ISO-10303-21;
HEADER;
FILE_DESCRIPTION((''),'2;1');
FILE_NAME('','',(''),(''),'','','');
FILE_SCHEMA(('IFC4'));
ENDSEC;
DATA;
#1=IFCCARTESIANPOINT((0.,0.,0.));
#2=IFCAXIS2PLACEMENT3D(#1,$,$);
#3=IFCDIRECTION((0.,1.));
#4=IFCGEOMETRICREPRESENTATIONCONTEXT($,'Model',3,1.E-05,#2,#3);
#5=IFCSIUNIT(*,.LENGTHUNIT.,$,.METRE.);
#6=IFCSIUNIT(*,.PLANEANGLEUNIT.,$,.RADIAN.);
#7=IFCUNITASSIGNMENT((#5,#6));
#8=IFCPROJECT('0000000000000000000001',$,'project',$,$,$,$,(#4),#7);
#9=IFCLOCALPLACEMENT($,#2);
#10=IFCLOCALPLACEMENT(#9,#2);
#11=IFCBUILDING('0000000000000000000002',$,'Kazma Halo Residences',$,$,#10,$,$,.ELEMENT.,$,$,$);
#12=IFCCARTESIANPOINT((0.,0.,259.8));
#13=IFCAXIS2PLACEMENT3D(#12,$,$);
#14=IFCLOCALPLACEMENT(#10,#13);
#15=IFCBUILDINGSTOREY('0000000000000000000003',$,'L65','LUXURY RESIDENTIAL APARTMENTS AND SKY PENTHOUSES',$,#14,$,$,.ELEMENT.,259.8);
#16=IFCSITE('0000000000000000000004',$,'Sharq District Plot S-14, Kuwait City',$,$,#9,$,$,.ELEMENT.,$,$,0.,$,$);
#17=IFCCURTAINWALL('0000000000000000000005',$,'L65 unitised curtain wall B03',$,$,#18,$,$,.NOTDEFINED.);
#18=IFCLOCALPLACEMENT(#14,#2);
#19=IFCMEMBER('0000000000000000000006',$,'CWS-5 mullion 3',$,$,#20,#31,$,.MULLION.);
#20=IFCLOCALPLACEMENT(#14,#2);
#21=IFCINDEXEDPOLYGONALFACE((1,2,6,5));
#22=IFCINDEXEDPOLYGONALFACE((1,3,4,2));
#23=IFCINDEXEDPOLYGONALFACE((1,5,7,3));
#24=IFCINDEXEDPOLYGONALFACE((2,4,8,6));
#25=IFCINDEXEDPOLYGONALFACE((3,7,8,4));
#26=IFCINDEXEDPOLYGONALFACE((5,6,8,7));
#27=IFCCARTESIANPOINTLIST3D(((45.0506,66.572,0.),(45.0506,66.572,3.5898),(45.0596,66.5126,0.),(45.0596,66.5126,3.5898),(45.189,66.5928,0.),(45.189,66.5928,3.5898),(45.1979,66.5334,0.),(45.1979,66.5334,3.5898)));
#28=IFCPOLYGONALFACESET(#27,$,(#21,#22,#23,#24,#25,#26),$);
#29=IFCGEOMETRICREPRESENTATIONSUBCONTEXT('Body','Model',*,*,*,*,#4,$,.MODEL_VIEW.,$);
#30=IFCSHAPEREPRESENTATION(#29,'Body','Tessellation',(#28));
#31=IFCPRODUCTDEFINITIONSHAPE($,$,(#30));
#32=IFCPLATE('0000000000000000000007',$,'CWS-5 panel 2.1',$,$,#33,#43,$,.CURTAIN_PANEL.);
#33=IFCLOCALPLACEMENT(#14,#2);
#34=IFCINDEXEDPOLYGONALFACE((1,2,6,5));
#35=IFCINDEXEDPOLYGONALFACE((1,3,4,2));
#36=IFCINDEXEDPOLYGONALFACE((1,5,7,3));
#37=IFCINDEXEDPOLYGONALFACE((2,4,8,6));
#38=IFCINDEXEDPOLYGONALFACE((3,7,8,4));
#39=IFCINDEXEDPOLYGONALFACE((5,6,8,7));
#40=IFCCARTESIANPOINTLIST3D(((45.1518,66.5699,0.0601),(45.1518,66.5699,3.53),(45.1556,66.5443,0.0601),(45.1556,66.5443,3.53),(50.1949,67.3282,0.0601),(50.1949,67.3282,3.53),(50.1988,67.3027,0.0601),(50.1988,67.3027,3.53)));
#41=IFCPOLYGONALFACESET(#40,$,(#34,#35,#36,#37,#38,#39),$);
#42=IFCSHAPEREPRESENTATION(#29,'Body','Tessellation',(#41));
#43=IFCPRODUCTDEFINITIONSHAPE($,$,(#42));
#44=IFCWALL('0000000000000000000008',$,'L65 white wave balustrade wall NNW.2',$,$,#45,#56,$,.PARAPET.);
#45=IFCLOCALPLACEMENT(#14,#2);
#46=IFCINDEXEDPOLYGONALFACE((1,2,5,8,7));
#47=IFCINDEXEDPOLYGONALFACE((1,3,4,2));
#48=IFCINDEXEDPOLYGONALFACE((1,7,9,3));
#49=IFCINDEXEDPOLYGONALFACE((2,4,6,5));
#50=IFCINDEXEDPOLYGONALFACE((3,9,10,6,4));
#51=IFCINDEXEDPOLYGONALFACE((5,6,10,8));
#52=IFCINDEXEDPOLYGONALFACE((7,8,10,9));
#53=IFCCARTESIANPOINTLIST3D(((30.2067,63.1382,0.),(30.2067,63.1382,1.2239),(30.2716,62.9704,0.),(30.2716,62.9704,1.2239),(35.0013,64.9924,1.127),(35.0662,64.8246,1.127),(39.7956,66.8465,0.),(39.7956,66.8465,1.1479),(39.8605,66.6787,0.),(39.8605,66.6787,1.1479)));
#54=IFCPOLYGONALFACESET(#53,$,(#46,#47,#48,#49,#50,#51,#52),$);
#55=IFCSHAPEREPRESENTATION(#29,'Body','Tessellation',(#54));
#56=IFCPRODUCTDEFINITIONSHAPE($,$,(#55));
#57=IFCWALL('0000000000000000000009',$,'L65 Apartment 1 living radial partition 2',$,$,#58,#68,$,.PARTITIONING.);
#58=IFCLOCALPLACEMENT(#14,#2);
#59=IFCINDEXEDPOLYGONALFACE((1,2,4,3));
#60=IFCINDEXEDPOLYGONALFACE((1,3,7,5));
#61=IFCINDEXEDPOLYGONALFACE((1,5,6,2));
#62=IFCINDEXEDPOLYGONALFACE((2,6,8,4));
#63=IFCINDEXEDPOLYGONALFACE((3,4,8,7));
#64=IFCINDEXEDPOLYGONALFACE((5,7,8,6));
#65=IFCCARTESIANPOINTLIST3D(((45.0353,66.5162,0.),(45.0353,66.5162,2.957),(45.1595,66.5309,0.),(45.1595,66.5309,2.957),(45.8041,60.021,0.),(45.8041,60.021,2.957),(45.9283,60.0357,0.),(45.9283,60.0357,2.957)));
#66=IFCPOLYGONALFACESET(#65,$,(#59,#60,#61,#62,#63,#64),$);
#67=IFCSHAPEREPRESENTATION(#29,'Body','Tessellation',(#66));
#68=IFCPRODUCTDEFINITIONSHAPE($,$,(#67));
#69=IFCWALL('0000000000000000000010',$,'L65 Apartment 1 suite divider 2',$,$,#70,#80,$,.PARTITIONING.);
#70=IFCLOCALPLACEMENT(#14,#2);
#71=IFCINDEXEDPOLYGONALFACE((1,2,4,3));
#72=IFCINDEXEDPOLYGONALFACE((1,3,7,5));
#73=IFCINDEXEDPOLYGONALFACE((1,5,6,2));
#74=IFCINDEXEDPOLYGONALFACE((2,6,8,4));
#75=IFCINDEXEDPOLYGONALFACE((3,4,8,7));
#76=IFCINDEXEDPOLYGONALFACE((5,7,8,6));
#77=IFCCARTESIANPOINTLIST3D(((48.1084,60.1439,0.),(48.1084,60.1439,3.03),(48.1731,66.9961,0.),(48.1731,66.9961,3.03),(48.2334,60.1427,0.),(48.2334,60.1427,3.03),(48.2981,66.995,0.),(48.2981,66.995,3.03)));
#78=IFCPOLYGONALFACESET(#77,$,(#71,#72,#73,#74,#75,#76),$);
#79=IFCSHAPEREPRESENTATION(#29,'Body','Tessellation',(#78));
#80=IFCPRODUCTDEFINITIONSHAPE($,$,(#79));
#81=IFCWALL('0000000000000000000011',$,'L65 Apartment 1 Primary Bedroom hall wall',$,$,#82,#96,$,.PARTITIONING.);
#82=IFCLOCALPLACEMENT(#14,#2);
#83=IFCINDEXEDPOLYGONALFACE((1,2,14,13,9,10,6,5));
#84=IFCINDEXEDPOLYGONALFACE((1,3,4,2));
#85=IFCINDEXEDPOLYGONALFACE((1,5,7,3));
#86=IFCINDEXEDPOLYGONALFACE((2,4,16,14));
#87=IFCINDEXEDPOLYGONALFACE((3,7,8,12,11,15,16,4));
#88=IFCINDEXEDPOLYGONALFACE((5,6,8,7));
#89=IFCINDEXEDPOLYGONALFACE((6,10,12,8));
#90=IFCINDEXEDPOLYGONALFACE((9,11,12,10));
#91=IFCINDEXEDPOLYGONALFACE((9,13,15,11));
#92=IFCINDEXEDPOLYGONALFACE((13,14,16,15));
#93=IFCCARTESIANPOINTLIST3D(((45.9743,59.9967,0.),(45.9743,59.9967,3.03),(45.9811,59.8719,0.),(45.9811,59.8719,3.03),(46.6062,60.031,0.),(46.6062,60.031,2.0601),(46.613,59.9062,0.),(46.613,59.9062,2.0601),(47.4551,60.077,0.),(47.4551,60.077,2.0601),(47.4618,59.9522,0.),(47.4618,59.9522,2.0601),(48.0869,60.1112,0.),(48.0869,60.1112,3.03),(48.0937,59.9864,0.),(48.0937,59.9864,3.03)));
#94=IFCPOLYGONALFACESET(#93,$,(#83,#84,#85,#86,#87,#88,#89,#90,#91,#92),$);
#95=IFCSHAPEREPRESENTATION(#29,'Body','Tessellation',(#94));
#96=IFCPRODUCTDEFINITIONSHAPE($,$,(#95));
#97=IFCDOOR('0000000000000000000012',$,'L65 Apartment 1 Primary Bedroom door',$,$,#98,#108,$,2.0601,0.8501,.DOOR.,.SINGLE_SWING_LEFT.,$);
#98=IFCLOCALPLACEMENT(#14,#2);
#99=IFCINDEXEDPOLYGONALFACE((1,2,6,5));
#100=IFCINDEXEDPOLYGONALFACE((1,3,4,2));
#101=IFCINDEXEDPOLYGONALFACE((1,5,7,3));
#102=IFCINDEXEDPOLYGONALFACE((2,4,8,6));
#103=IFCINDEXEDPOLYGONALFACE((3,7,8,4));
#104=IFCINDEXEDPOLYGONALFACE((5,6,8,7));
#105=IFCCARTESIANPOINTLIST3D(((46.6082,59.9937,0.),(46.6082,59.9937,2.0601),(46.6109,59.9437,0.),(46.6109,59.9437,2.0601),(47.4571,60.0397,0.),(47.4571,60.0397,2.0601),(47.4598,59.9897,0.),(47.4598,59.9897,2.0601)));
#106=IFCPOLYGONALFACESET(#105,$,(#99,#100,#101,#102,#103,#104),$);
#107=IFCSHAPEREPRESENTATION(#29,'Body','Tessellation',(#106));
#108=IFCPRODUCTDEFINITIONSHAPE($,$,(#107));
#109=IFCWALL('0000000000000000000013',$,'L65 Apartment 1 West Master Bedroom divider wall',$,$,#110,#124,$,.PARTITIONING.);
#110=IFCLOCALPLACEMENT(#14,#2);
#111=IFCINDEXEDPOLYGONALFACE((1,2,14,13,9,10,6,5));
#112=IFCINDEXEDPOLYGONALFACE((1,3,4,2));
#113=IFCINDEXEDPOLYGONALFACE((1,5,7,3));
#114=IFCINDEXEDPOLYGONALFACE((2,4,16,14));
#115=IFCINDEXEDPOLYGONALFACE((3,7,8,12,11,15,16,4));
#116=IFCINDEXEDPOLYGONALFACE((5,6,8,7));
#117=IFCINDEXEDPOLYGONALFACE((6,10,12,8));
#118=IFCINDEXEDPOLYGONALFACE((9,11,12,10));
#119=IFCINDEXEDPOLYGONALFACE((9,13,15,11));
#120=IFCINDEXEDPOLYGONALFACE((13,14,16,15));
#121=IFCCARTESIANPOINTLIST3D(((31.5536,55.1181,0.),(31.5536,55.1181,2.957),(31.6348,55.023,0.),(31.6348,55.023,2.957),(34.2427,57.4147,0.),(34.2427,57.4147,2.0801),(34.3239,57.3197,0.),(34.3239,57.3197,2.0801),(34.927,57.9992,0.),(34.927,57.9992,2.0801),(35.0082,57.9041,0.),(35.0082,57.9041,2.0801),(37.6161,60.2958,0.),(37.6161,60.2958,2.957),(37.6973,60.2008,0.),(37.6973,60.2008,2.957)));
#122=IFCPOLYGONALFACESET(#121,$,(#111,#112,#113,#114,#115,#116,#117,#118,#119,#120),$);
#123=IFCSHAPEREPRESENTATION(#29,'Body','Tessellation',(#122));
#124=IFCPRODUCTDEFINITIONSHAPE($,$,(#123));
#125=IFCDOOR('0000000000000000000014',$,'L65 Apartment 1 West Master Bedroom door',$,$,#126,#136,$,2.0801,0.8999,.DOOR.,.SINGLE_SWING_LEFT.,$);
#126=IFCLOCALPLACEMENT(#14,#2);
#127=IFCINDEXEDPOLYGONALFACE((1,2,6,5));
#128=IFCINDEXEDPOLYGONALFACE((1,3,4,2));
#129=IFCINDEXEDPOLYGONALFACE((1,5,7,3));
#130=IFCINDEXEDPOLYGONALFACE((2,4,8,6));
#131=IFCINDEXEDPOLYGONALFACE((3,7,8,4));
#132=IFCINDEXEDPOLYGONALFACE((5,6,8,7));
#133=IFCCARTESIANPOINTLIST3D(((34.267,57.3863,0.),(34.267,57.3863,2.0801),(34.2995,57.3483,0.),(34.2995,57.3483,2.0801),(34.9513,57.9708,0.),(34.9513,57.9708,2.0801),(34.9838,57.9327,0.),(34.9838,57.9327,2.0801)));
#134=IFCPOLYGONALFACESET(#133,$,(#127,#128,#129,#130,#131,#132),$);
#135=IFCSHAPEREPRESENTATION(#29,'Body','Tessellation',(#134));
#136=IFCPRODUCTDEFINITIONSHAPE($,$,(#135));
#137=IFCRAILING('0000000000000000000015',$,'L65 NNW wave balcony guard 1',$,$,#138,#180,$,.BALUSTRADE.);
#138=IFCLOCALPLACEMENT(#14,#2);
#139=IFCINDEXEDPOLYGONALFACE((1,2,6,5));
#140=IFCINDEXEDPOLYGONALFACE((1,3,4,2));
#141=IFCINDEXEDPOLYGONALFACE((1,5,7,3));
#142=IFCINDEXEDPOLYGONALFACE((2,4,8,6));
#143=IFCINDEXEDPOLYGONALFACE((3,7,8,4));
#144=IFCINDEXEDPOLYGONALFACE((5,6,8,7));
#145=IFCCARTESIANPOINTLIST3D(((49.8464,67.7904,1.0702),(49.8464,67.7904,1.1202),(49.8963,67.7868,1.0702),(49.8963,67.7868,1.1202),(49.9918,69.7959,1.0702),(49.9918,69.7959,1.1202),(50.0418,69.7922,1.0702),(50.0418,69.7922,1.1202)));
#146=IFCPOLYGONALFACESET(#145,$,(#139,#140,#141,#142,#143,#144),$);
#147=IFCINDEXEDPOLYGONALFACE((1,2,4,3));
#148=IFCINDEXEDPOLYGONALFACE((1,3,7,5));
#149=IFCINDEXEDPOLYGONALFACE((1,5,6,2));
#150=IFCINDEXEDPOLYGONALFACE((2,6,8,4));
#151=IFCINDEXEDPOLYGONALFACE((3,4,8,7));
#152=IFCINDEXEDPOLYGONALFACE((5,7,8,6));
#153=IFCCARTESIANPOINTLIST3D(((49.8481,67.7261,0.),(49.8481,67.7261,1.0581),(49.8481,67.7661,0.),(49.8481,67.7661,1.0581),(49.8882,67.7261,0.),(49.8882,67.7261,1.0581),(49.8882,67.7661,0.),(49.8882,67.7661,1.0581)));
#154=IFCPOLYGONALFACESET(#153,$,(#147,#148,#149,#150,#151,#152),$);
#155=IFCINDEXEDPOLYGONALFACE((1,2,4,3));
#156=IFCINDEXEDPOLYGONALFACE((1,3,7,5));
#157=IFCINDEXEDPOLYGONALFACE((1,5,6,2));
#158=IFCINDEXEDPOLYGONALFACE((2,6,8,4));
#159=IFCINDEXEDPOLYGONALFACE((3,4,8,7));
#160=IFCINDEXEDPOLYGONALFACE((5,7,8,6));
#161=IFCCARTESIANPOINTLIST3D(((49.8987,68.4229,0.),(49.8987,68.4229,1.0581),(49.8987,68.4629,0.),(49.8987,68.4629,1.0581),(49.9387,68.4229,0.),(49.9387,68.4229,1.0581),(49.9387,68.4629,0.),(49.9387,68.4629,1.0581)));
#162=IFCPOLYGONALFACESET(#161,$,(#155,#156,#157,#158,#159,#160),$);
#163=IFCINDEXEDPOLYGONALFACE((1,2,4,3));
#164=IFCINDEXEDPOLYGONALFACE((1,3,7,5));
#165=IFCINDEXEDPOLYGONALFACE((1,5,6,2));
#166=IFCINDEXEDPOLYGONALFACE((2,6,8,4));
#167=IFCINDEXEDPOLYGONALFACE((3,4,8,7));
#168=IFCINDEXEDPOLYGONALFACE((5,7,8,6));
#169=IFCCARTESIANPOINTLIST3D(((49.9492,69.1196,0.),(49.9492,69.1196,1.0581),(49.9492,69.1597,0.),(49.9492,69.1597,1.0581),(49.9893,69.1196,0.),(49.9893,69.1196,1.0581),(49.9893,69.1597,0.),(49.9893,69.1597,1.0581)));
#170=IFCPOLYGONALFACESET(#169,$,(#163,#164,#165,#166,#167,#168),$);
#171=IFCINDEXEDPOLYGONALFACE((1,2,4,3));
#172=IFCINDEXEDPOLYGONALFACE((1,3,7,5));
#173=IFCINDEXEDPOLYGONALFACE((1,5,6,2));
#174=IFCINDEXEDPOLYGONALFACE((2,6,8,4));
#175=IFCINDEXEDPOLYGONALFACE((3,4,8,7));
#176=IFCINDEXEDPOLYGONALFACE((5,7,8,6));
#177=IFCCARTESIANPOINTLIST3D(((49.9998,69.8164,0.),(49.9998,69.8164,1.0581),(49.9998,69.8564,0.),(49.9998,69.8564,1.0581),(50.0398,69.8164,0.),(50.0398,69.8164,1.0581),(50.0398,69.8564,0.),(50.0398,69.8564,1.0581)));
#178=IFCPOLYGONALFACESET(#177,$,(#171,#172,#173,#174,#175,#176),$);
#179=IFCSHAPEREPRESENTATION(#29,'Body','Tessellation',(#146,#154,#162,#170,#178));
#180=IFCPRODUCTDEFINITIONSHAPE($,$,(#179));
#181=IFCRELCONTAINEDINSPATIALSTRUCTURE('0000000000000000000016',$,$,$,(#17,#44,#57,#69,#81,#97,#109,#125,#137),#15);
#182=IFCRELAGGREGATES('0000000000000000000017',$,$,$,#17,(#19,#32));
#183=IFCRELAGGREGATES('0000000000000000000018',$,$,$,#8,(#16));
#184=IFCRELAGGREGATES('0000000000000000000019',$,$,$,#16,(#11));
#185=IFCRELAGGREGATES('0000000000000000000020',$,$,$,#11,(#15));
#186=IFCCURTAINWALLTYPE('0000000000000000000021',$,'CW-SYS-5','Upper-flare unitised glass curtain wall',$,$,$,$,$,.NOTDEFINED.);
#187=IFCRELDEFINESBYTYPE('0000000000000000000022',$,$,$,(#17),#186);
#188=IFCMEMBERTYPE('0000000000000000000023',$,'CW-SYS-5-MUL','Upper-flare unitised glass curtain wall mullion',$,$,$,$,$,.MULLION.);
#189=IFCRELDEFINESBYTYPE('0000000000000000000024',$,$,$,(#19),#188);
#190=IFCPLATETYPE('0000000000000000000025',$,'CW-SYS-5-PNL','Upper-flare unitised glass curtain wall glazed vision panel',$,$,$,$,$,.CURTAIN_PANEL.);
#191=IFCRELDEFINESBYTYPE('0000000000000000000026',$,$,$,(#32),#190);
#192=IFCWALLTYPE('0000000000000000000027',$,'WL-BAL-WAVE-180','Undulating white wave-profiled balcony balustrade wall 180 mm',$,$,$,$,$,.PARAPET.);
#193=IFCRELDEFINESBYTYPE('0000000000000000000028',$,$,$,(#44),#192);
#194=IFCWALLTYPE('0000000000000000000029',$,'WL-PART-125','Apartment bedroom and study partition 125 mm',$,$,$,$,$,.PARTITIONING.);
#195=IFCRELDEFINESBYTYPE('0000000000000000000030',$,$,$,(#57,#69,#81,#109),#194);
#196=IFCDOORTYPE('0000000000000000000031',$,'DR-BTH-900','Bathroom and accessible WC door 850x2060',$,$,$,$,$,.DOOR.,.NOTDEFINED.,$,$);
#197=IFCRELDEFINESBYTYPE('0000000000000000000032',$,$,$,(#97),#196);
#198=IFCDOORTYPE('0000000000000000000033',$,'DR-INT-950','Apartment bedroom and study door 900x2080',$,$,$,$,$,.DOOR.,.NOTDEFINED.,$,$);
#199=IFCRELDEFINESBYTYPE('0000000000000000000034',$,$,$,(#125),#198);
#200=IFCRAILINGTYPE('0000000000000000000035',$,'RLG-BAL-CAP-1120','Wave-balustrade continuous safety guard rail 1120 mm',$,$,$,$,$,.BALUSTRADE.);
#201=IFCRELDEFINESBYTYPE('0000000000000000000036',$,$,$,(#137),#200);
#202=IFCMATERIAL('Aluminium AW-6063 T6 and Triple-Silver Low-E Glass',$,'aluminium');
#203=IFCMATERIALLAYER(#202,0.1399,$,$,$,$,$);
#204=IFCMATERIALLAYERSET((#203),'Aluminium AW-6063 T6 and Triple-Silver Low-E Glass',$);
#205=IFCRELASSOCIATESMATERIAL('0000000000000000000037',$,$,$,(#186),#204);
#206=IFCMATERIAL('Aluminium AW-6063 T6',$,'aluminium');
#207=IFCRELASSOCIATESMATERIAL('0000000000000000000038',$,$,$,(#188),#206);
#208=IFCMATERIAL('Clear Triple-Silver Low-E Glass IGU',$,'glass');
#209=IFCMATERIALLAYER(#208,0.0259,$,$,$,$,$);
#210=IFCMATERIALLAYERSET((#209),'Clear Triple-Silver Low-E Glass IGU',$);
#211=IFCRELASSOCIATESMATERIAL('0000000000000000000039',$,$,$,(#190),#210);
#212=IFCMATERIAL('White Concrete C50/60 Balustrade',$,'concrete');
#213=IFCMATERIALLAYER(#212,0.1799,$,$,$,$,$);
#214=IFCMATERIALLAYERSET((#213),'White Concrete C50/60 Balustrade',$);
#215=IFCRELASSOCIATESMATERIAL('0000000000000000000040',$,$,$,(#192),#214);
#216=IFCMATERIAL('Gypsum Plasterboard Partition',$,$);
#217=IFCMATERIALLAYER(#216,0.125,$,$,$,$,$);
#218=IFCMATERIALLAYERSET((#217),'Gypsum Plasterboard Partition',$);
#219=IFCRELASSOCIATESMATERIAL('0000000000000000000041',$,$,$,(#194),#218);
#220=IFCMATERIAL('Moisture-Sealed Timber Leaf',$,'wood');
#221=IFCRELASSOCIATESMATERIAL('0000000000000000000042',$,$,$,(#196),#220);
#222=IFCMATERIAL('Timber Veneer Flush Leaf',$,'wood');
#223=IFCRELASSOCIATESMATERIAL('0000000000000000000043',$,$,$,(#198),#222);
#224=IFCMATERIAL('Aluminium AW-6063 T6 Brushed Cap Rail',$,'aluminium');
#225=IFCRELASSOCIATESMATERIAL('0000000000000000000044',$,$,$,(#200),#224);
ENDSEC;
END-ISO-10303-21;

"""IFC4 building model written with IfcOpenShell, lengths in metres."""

from ifc_helpers import new_model, si_unit, direction, frame, frame_2d, origin, origin_2d, place, context, subcontext, project, spatial, polyline, rectangle, outline, extrude, material, layer, layer_set, material_profile, profile_set, type_object, element, fill, aggregate, save


model = new_model("IFC4")

# Units and contexts
model_context = context("Model", 3, precision=1e-05, world=origin(), true_north=direction((0.0, 1.0)))
body_context = subcontext(model_context, "Body", "Model", "MODEL_VIEW")
ifc_project = project(units=[si_unit("LENGTHUNIT", "METRE"), si_unit("PLANEANGLEUNIT", "RADIAN")], contexts=[model_context])

# Site, building, storey
site_placement = place(None, origin())
site = spatial("IfcSite", under=ifc_project, at=site_placement, Name="Sharq District Plot S-14, Kuwait City", CompositionType="ELEMENT", RefElevation=0.0)
building_placement = place(site_placement, origin())
building = spatial("IfcBuilding", under=site, at=building_placement, Name="Kazma Halo Residences", CompositionType="ELEMENT")
storey_placement = place(building_placement, frame((0.0, 0.0, 259.8)))
storey = spatial("IfcBuildingStorey", under=building, at=storey_placement, Name="L65", Description="LUXURY RESIDENTIAL APARTMENTS AND SKY PENTHOUSES", CompositionType="ELEMENT", Elevation=259.8)

# Curtain wall, member, plate
ifc_material_1 = material(Name="Aluminium AW-6063 T6 and Triple-Silver Low-E Glass", Category="aluminium")
ifc_layer_1 = layer(ifc_material_1, 0.1399)
ifc_layer_set_1 = layer_set([ifc_layer_1], Name="Aluminium AW-6063 T6 and Triple-Silver Low-E Glass")
curtain_wall_type = type_object("IfcCurtainWallType", Name="CW-SYS-5", Description="Upper-flare unitised glass curtain wall", PredefinedType="NOTDEFINED", material=ifc_layer_set_1)
curtain_wall_placement = place(storey_placement, origin())
curtain_wall = element("IfcCurtainWall", 1, at=curtain_wall_placement, inside=storey, type_object=curtain_wall_type, Name="L65 unitised curtain wall B03", PredefinedType="NOTDEFINED")
ifc_material_2 = material(Name="Aluminium AW-6063 T6", Category="aluminium")
ifc_material_profile_1 = material_profile(ifc_material_2, rectangle(XDim=0.0601, YDim=0.1399, at=origin_2d()), Name="CWM-60x140")
ifc_profile_set_1 = profile_set([ifc_material_profile_1], Name="Aluminium AW-6063 T6")
member_type = type_object("IfcMemberType", Name="CW-SYS-5-MUL", Description="Upper-flare unitised glass curtain wall mullion", PredefinedType="MULLION", material=ifc_profile_set_1)
member_placement = place(storey_placement, frame((45.1243, 66.5527, 0.0), z_axis=(0.0, 0.0, 1.0), x_axis=(0.148697, -0.988883, 0.0)))
member = element("IfcMember", 2, at=member_placement, type_object=member_type, Name="CWS-5 mullion 3", PredefinedType="MULLION", context=body_context, shape_type="SweptSolid", body=[
    extrude(rectangle(XDim=0.0601, YDim=0.1399, at=origin_2d()), origin(), (0.0, 0.0, 1.0), 3.5898),
])
ifc_material_3 = material(Name="Clear Triple-Silver Low-E Glass IGU", Category="glass")
ifc_layer_2 = layer(ifc_material_3, 0.0259)
ifc_layer_set_2 = layer_set([ifc_layer_2], Name="Clear Triple-Silver Low-E Glass IGU")
plate_type = type_object("IfcPlateType", Name="CW-SYS-5-PNL", Description="Upper-flare unitised glass curtain wall glazed vision panel", PredefinedType="CURTAIN_PANEL", material=ifc_layer_set_2)
plate_placement = place(storey_placement, frame((47.6753, 66.9363, 0.0601), z_axis=(0.0, 0.0, 1.0), x_axis=(-0.988883, -0.148697, 0.0)))
plate = element("IfcPlate", 3, at=plate_placement, type_object=plate_type, Name="CWS-5 panel 2.1", PredefinedType="CURTAIN_PANEL", context=body_context, shape_type="SweptSolid", body=[
    extrude(rectangle(XDim=5.0999, YDim=0.0259, at=origin_2d()), origin(), (0.0, 0.0, 1.0), 3.47),
])
aggregate(curtain_wall, [member, plate])

# Wall
ifc_material_4 = material(Name="White Concrete C50/60 Balustrade", Category="concrete")
ifc_layer_3 = layer(ifc_material_4, 0.1799)
ifc_layer_set_3 = layer_set([ifc_layer_3], Name="White Concrete C50/60 Balustrade")
wall_type_1 = type_object("IfcWallType", Name="WL-BAL-WAVE-180", Description="Undulating white wave-profiled balcony balustrade wall 180 mm", PredefinedType="PARAPET", material=ifc_layer_set_3)
wall_1_placement = place(storey_placement, frame((39.8281, 66.7625, 0.0), z_axis=(0.0, 0.0, 1.0), x_axis=(-0.932685, -0.360692, 0.0)))
element("IfcWall", 4, at=wall_1_placement, inside=storey, type_object=wall_type_1, Name="L65 white wave balustrade wall NNW.2", PredefinedType="PARAPET", context=body_context, shape_type="SweptSolid", body=[
    extrude(outline(polyline([(0.0, 0.0), (10.281, 0.0), (10.281, 1.2239), (5.1404, 1.127), (0.0, 1.1479), (0.0, 0.0)])), frame((0.0, 0.0898, 0.0), z_axis=(0.0, -1.0, 0.0), x_axis=(1.0, 0.0, 0.0)), (0.0, 0.0, 1.0), 0.1799),
])

# Walls
ifc_material_5 = material(Name="Gypsum Plasterboard Partition")
ifc_layer_4 = layer(ifc_material_5, 0.125)
ifc_layer_set_4 = layer_set([ifc_layer_4], Name="Gypsum Plasterboard Partition")
wall_type_2 = type_object("IfcWallType", Name="WL-PART-125", Description="Apartment bedroom and study partition 125 mm", PredefinedType="PARTITIONING", material=ifc_layer_set_4)
wall_2_placement = place(storey_placement, frame((45.8662, 60.0283, 0.0), z_axis=(0.0, 0.0, 1.0), x_axis=(-0.117545, 0.993068, 0.0)))
element("IfcWall", 5, at=wall_2_placement, inside=storey, type_object=wall_type_2, Name="L65 Apartment 1 living radial partition 2", PredefinedType="PARTITIONING", context=body_context, shape_type="SweptSolid", body=[
    extrude(rectangle(XDim=6.5405, YDim=0.125, at=frame_2d((3.2703, 0.0))), origin(), (0.0, 0.0, 1.0), 2.957),
])
wall_3_placement = place(storey_placement, frame((48.1709, 60.1433, 0.0), z_axis=(0.0, 0.0, 1.0), x_axis=(0.009441, 0.999955, 0.0)))
element("IfcWall", 6, at=wall_3_placement, inside=storey, type_object=wall_type_2, Name="L65 Apartment 1 suite divider 2", PredefinedType="PARTITIONING", context=body_context, shape_type="SweptSolid", body=[
    extrude(rectangle(XDim=6.8525, YDim=0.125, at=frame_2d((3.4263, 0.0))), origin(), (0.0, 0.0, 1.0), 3.03),
])

# Walls, openings, doors
wall_4_placement = place(storey_placement, frame((48.0903, 60.0488, 0.0), z_axis=(0.0, 0.0, 1.0), x_axis=(-0.998534, -0.054121, 0.0)))
wall_4 = element("IfcWall", 7, at=wall_4_placement, inside=storey, type_object=wall_type_2, Name="L65 Apartment 1 Primary Bedroom hall wall", PredefinedType="PARTITIONING", context=body_context, shape_type="SweptSolid", body=[
    extrude(rectangle(XDim=2.1157, YDim=0.125, at=frame_2d((1.0579, 0.0))), origin(), (0.0, 0.0, 1.0), 3.03),
])
opening_1_placement = place(wall_4_placement, frame((0.6328, 0.0, 0.0)))
opening_1 = element("IfcOpeningElement", 8, at=opening_1_placement, cuts=wall_4, PredefinedType="OPENING", context=body_context, shape_type="SweptSolid", body=[
    extrude(rectangle(XDim=0.8501, YDim=2.0601, at=frame_2d((0.425, 1.03))), frame((0.0, 0.0725, 0.0), z_axis=(0.0, -1.0, 0.0), x_axis=(1.0, 0.0, 0.0)), (0.0, 0.0, 1.0), 0.145),
])
ifc_material_6 = material(Name="Moisture-Sealed Timber Leaf", Category="wood")
door_type_1 = type_object("IfcDoorType", Name="DR-BTH-900", Description="Bathroom and accessible WC door 850x2060", OperationType="NOTDEFINED", PredefinedType="DOOR", material=ifc_material_6)
door_1_placement = place(opening_1_placement, origin())
door_1 = element("IfcDoor", 9, at=door_1_placement, inside=storey, type_object=door_type_1, Name="L65 Apartment 1 Primary Bedroom door", OperationType="SINGLE_SWING_LEFT", OverallHeight=2.0601, OverallWidth=0.8501, PredefinedType="DOOR", context=body_context, shape_type="SweptSolid", body=[
    extrude(rectangle(XDim=0.8501, YDim=2.0601, at=frame_2d((0.425, 1.03))), frame((0.0, 0.0249, 0.0), z_axis=(0.0, -1.0, 0.0), x_axis=(1.0, 0.0, 0.0)), (0.0, 0.0, 1.0), 0.05),
])
fill(opening_1, door_1)
wall_5_placement = place(storey_placement, frame((37.6567, 60.2483, 0.0), z_axis=(0.0, 0.0, 1.0), x_axis=(-0.760414, -0.649439, 0.0)))
wall_5 = element("IfcWall", 10, at=wall_5_placement, inside=storey, type_object=wall_type_2, Name="L65 Apartment 1 West Master Bedroom divider wall", PredefinedType="PARTITIONING", context=body_context, shape_type="SweptSolid", body=[
    extrude(rectangle(XDim=7.9727, YDim=0.125, at=frame_2d((3.9863, 0.0))), origin(), (0.0, 0.0, 1.0), 2.957),
])
opening_2_placement = place(wall_5_placement, frame((3.5364, 0.0, 0.0)))
opening_2 = element("IfcOpeningElement", 11, at=opening_2_placement, cuts=wall_5, PredefinedType="OPENING", context=body_context, shape_type="SweptSolid", body=[
    extrude(rectangle(XDim=0.8999, YDim=2.0801, at=frame_2d((0.45, 1.04))), frame((0.0, 0.0725, 0.0), z_axis=(0.0, -1.0, 0.0), x_axis=(1.0, 0.0, 0.0)), (0.0, 0.0, 1.0), 0.145),
])
ifc_material_7 = material(Name="Timber Veneer Flush Leaf", Category="wood")
door_type_2 = type_object("IfcDoorType", Name="DR-INT-950", Description="Apartment bedroom and study door 900x2080", OperationType="NOTDEFINED", PredefinedType="DOOR", material=ifc_material_7)
door_2_placement = place(opening_2_placement, origin())
door_2 = element("IfcDoor", 12, at=door_2_placement, inside=storey, type_object=door_type_2, Name="L65 Apartment 1 West Master Bedroom door", OperationType="SINGLE_SWING_LEFT", OverallHeight=2.0801, OverallWidth=0.8999, PredefinedType="DOOR", context=body_context, shape_type="SweptSolid", body=[
    extrude(rectangle(XDim=0.8999, YDim=2.0801, at=frame_2d((0.45, 1.04))), frame((0.0, 0.0249, 0.0), z_axis=(0.0, -1.0, 0.0), x_axis=(1.0, 0.0, 0.0)), (0.0, 0.0, 1.0), 0.05),
])
fill(opening_2, door_2)

# Railing
ifc_material_8 = material(Name="Aluminium AW-6063 T6 Brushed Cap Rail", Category="aluminium")
railing_type = type_object("IfcRailingType", Name="RLG-BAL-CAP-1120", Description="Wave-balustrade continuous safety guard rail 1120 mm", PredefinedType="BALUSTRADE", material=ifc_material_8)
railing_1_placement = place(storey_placement, frame((49.8682, 67.7461, 0.0)))
element("IfcRailing", 13, at=railing_1_placement, inside=storey, type_object=railing_type, Name="L65 NNW wave balcony guard 1", PredefinedType="BALUSTRADE", context=body_context, shape_type="SweptSolid", body=[
    extrude(rectangle(XDim=0.05, YDim=0.05, at=origin_2d()), frame((0.0032, 0.0425, 1.0952), z_axis=(0.07234, 0.99738, 0.0), x_axis=(-0.99738, 0.07234, 0.0)), (0.0, 0.0, 1.0), 2.0107),
    extrude(rectangle(XDim=0.04, YDim=0.04, at=origin_2d()), origin(), (0.0, 0.0, 1.0), 1.0581),
    extrude(rectangle(XDim=0.04, YDim=0.04, at=origin_2d()), frame((0.0505, 0.6968, 0.0)), (0.0, 0.0, 1.0), 1.0581),
    extrude(rectangle(XDim=0.04, YDim=0.04, at=origin_2d()), frame((0.1011, 1.3936, 0.0)), (0.0, 0.0, 1.0), 1.0581),
    extrude(rectangle(XDim=0.04, YDim=0.04, at=origin_2d()), frame((0.1516, 2.0903, 0.0)), (0.0, 0.0, 1.0), 1.0581),
])

save(model, "model.ifc")
